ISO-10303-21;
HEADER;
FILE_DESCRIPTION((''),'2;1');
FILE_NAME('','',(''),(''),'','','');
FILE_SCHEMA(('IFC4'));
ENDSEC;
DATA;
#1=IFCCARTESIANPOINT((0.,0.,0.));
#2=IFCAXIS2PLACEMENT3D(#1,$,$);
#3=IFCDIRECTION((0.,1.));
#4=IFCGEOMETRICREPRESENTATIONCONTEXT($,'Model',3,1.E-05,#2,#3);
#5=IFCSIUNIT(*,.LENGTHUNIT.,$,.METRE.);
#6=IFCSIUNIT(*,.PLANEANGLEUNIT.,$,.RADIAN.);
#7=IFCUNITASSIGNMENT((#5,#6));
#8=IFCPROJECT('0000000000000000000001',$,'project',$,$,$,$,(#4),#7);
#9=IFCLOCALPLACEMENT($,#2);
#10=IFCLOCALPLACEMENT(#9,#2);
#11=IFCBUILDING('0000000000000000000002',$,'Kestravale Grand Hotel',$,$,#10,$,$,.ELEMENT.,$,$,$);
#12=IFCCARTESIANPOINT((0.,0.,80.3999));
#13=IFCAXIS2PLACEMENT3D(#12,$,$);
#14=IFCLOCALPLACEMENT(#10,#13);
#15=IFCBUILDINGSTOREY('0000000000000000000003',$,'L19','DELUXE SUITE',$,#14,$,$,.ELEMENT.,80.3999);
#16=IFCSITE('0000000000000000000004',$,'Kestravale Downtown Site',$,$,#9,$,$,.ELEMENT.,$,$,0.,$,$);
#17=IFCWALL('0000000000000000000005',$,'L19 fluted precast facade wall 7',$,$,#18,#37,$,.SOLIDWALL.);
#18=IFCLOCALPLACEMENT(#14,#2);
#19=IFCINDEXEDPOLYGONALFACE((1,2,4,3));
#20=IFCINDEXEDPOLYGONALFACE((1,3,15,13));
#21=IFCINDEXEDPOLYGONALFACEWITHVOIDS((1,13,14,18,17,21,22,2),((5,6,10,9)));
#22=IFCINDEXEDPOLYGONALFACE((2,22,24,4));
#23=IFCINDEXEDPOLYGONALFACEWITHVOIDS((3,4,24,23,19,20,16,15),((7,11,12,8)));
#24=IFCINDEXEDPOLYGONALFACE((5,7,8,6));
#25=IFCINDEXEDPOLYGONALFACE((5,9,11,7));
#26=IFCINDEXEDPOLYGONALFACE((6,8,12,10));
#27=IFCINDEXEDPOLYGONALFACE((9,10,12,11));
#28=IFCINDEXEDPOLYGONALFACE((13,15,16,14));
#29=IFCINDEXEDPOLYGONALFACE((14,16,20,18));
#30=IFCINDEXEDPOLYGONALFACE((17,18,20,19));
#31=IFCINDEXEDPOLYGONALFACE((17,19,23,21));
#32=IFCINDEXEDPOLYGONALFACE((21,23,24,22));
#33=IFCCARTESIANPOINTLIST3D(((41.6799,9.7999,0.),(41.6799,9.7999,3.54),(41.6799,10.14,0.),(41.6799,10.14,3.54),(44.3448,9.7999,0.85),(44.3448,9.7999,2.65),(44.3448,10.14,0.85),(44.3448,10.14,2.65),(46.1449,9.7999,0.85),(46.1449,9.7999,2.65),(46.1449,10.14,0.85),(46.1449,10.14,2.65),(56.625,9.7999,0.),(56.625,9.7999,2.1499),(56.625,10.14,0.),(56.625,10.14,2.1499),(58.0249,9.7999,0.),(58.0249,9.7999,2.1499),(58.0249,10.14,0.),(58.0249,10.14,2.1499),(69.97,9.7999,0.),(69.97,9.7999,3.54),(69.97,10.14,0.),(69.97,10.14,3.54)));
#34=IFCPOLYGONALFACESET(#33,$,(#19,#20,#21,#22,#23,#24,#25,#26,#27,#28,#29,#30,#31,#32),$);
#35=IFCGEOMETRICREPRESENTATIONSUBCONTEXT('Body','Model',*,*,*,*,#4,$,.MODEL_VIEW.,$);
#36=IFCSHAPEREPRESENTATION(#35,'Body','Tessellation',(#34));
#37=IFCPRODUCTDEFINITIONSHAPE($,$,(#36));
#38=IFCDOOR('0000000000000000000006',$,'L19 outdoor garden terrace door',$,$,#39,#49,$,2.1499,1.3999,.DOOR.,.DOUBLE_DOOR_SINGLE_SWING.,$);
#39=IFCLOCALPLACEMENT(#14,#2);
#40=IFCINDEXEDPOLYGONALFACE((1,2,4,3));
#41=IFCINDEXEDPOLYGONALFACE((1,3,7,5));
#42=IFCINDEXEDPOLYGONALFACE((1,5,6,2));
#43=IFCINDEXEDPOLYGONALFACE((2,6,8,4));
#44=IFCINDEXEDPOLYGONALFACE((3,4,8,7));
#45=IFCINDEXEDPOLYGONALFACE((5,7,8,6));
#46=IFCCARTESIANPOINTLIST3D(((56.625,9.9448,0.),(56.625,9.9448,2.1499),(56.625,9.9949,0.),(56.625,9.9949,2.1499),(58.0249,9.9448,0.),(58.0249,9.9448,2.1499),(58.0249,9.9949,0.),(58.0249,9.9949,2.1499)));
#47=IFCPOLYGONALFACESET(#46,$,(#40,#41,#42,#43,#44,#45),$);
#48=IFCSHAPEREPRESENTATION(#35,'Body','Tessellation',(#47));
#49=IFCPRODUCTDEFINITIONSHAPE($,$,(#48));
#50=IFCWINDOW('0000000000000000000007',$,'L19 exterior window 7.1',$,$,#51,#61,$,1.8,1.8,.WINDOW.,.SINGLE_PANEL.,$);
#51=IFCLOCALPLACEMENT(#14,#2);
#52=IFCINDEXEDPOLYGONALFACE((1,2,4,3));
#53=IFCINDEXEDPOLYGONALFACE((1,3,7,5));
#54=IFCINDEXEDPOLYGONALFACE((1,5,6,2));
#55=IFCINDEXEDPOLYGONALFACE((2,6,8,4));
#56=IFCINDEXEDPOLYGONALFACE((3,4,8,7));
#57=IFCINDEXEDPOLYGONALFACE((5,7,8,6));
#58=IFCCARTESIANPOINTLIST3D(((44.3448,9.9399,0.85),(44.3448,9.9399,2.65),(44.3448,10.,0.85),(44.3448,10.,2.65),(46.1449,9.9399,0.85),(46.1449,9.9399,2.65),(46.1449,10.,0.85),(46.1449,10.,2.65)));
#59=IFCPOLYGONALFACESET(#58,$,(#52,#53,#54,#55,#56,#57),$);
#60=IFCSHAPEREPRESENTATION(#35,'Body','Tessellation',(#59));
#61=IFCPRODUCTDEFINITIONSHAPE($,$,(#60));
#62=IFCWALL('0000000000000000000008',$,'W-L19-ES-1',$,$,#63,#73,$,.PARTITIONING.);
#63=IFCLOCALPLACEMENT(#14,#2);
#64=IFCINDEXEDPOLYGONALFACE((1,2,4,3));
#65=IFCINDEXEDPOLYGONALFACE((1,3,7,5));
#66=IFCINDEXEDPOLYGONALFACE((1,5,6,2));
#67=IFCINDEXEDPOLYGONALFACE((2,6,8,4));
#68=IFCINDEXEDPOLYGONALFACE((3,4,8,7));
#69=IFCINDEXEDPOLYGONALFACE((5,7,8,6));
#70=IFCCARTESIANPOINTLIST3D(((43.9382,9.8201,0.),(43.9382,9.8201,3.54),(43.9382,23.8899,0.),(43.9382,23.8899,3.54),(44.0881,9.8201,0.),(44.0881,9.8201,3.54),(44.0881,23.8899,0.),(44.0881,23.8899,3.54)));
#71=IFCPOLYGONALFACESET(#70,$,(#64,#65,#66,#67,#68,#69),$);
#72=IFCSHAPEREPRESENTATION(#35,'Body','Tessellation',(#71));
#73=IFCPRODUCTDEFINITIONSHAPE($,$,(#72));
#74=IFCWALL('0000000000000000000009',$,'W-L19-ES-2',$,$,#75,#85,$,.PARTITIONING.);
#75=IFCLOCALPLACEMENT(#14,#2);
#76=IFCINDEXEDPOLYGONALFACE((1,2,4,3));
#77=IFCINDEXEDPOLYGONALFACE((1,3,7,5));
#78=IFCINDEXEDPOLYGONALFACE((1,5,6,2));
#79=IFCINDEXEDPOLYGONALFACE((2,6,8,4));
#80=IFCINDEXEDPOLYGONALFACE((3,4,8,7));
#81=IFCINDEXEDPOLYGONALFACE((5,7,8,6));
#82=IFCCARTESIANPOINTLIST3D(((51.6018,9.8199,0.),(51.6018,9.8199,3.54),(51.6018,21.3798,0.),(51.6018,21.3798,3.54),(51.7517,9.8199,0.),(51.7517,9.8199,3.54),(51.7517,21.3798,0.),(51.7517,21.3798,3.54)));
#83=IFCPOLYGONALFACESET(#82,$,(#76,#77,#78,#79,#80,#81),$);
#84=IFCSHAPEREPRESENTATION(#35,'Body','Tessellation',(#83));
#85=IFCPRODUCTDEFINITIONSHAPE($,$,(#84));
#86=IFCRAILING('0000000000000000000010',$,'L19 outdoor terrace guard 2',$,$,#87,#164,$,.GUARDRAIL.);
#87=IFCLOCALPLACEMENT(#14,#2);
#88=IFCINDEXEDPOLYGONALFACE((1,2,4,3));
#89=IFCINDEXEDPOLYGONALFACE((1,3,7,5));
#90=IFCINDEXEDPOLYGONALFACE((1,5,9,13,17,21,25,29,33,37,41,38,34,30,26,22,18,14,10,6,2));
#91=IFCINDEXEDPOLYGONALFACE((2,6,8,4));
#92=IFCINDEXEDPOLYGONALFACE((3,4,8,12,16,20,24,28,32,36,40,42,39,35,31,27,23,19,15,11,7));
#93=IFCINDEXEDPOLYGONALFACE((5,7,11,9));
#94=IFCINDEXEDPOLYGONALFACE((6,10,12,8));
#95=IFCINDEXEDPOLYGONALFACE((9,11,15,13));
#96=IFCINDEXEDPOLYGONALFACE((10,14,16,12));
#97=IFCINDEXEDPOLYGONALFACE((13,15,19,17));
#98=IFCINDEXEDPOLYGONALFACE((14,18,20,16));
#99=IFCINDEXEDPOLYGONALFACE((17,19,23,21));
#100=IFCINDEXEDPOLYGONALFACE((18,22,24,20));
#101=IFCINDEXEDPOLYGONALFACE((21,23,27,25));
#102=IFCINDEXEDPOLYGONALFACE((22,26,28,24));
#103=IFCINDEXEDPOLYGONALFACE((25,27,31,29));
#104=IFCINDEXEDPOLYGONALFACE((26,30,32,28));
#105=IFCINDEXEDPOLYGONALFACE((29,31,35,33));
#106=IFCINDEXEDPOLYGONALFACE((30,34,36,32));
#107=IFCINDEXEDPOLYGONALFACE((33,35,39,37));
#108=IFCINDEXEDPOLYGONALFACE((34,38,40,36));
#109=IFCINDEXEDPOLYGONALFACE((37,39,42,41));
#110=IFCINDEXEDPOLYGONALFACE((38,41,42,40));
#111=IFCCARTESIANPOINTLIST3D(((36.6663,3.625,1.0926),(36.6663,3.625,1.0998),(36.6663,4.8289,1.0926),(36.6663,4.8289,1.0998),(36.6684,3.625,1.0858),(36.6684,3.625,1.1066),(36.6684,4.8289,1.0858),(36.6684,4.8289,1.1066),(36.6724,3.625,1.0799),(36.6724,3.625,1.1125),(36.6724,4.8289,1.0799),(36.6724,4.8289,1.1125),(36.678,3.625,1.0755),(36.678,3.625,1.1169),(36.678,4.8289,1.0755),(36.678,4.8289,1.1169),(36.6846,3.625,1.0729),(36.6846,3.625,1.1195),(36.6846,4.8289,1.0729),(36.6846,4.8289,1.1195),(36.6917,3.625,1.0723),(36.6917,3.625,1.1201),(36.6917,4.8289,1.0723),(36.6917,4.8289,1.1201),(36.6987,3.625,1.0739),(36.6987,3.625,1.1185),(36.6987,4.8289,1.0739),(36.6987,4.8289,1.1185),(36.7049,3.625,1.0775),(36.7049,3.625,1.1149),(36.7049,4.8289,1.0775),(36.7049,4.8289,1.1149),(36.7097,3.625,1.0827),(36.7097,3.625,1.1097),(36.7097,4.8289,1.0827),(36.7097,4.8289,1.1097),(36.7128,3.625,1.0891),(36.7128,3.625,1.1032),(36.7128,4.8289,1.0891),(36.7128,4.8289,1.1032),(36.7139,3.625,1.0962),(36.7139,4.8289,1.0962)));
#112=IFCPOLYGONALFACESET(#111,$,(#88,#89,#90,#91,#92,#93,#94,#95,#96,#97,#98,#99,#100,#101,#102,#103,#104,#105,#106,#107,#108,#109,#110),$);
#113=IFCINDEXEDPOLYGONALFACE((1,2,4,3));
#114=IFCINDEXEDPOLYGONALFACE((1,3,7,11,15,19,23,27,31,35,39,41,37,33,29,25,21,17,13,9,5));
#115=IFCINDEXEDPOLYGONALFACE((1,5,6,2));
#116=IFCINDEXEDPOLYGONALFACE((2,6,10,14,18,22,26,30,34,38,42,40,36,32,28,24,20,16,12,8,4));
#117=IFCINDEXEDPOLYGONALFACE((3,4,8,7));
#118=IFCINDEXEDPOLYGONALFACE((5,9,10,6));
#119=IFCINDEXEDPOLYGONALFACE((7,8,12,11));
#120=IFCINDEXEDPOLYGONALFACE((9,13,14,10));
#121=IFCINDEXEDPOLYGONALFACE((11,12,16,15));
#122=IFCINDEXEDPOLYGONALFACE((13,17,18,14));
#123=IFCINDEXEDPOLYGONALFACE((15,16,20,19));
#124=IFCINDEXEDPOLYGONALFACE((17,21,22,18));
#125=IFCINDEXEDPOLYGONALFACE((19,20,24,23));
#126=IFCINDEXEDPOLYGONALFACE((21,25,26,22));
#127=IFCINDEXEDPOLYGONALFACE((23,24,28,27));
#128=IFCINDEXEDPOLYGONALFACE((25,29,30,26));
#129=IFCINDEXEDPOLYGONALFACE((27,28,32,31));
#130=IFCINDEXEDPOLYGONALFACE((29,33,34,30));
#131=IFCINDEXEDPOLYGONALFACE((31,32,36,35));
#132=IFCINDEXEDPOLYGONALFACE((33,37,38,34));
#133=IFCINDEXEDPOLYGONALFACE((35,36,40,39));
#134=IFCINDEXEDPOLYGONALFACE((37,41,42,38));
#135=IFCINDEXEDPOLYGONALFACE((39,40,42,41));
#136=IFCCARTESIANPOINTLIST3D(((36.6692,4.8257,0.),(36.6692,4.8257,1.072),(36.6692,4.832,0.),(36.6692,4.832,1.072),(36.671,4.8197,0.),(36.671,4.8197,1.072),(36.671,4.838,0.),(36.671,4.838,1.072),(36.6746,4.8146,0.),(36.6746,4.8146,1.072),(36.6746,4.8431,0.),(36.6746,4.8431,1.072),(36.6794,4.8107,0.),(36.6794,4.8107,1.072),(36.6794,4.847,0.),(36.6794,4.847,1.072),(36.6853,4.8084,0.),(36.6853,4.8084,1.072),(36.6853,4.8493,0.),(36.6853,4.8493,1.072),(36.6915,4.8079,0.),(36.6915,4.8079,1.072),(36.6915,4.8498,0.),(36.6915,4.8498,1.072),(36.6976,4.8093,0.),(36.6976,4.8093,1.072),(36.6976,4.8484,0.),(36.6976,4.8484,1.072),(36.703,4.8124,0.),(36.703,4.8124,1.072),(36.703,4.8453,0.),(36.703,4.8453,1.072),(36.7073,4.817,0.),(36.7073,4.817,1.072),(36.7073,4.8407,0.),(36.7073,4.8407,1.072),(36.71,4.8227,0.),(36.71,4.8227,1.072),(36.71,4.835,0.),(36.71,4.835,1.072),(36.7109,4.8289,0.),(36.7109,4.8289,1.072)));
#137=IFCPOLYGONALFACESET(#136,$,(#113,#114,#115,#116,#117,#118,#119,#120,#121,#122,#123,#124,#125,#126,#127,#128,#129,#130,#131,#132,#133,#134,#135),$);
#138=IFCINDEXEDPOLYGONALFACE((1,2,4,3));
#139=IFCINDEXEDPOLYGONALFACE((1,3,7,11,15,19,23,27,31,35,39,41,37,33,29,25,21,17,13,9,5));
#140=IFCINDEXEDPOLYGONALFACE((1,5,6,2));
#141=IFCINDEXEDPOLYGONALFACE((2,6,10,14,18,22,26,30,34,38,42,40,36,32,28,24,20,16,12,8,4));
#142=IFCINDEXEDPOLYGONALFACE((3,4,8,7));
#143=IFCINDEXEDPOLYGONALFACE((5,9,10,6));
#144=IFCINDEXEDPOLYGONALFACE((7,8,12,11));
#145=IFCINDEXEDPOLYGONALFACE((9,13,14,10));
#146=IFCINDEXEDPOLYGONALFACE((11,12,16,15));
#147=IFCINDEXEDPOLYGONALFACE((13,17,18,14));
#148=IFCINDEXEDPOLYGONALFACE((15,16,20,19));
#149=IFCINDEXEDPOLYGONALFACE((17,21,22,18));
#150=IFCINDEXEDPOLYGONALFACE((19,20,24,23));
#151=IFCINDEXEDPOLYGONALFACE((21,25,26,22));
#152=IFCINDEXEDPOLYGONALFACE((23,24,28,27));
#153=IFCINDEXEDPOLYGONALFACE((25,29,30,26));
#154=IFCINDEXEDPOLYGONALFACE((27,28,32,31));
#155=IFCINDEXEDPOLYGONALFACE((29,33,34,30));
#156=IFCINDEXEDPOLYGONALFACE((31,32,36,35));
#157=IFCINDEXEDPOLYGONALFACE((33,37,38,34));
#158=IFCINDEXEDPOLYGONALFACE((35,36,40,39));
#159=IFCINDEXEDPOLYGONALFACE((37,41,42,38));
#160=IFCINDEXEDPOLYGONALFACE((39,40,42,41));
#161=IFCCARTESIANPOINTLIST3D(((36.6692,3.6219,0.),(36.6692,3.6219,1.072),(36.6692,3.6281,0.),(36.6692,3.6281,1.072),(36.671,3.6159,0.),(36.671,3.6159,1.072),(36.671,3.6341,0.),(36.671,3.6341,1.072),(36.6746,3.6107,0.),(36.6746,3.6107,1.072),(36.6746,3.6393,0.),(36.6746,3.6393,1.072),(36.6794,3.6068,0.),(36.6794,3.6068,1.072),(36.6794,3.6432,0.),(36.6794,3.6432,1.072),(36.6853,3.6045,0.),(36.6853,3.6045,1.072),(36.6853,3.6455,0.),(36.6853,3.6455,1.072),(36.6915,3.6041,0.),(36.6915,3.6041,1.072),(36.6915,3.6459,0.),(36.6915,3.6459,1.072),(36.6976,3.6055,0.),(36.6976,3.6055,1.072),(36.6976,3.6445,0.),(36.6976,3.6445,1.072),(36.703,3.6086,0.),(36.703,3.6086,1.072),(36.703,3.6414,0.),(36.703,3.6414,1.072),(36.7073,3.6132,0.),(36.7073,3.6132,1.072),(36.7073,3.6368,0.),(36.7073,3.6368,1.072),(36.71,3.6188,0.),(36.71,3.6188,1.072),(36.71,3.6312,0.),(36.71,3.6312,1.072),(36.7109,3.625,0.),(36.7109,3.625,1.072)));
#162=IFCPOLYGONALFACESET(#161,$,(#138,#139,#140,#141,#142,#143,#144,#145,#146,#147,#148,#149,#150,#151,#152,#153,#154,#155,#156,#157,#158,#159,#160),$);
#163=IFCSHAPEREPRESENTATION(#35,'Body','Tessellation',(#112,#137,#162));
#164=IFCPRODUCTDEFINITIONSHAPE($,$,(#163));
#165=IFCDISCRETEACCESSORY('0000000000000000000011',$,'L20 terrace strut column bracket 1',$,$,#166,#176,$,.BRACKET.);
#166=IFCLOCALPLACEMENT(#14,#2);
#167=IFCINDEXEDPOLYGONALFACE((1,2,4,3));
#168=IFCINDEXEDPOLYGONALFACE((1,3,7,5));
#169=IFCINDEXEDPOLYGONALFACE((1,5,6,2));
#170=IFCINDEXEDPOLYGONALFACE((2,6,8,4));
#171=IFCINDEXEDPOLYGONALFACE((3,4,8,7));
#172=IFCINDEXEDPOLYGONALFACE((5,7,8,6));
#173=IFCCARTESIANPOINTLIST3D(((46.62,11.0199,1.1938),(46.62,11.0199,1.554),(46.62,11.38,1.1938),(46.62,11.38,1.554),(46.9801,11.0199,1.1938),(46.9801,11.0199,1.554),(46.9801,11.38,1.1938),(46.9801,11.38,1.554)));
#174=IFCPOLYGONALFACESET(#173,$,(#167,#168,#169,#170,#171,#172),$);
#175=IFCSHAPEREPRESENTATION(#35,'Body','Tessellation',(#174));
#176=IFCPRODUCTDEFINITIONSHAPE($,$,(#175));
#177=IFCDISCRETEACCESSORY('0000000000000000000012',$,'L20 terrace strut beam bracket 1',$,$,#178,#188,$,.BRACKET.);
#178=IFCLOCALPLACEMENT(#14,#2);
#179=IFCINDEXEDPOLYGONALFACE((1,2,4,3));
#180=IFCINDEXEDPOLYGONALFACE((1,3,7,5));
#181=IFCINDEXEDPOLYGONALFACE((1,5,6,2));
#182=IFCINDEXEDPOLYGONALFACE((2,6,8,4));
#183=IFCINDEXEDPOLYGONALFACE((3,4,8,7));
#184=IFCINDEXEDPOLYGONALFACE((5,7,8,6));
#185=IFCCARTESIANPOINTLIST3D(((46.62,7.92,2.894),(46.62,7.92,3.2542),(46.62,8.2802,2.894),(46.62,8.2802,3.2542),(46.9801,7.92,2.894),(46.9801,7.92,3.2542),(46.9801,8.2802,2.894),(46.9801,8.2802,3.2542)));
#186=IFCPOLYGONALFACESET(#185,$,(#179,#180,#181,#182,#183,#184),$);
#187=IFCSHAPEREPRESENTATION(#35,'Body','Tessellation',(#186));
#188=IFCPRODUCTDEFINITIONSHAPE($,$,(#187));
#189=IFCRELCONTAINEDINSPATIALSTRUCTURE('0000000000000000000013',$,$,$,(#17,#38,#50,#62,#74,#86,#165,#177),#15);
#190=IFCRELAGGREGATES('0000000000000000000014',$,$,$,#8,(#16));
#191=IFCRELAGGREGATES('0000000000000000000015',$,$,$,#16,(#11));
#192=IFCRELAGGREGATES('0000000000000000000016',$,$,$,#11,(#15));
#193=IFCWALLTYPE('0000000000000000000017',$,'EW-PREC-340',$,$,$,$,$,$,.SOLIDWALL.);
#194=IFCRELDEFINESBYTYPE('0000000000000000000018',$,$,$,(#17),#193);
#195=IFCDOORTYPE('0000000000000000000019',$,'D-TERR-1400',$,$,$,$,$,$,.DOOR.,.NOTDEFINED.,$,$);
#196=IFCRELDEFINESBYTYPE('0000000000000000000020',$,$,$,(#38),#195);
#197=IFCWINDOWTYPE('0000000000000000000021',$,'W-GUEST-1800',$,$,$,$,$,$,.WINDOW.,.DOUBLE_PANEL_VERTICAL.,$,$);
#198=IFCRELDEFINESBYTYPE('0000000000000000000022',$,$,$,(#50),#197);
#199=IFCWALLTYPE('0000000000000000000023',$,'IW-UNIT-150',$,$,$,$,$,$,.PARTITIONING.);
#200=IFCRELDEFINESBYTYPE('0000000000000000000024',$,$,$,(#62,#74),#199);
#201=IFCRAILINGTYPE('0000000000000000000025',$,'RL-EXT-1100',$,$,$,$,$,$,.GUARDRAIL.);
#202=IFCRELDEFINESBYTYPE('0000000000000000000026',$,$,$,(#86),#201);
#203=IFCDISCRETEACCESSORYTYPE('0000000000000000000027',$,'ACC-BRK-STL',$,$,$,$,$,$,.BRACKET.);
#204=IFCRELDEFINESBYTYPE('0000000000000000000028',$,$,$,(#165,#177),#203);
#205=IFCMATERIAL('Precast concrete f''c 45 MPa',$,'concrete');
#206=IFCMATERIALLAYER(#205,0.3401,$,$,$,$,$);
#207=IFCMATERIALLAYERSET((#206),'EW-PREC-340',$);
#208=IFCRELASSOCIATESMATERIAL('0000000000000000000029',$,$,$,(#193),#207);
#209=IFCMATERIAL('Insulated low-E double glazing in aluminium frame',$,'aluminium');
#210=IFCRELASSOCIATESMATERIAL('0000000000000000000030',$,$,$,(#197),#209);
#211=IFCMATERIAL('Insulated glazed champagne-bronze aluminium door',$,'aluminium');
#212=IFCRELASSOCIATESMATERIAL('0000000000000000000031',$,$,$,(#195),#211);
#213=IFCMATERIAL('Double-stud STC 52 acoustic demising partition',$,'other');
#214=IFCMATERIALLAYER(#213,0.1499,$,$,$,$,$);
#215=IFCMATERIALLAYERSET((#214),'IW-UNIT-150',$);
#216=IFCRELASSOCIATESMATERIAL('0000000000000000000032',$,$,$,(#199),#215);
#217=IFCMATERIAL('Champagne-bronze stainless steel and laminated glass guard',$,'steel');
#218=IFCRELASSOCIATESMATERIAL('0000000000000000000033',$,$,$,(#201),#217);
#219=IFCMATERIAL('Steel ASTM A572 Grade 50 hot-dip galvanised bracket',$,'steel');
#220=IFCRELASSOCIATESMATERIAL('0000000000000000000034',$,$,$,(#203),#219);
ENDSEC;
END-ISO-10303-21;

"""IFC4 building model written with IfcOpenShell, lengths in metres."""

from ifc_helpers import new_model, si_unit, direction, frame, frame_2d, origin, origin_2d, place, context, subcontext, project, spatial, rectangle, circle, extrude, material, layer, layer_set, type_object, element, fill, save


model = new_model("IFC4")

# Units and contexts
model_context = context("Model", 3, precision=1e-05, world=origin(), true_north=direction((0.0, 1.0)))
body_context = subcontext(model_context, "Body", "Model", "MODEL_VIEW")
ifc_project = project(units=[si_unit("LENGTHUNIT", "METRE"), si_unit("PLANEANGLEUNIT", "RADIAN")], contexts=[model_context])

# Site, building, storey
site_placement = place(None, origin())
site = spatial("IfcSite", under=ifc_project, at=site_placement, Name="Kestravale Downtown Site", CompositionType="ELEMENT", RefElevation=0.0)
building_placement = place(site_placement, origin())
building = spatial("IfcBuilding", under=site, at=building_placement, Name="Kestravale Grand Hotel", CompositionType="ELEMENT")
storey_placement = place(building_placement, frame((0.0, 0.0, 80.3999)))
storey = spatial("IfcBuildingStorey", under=building, at=storey_placement, Name="L19", Description="DELUXE SUITE", CompositionType="ELEMENT", Elevation=80.3999)

# Shared definitions
ifc_material_1 = material(Name="Precast concrete f'c 45 MPa", Category="concrete")
ifc_layer_1 = layer(ifc_material_1, 0.3401)
ifc_layer_set_1 = layer_set([ifc_layer_1], Name="EW-PREC-340")
wall_type_1 = type_object("IfcWallType", Name="EW-PREC-340", PredefinedType="SOLIDWALL", material=ifc_layer_set_1)
ifc_material_2 = material(Name="Insulated low-E double glazing in aluminium frame", Category="aluminium")
window_type = type_object("IfcWindowType", Name="W-GUEST-1800", PartitioningType="DOUBLE_PANEL_VERTICAL", PredefinedType="WINDOW", material=ifc_material_2)

# Wall, openings, door, window
wall_1_placement = place(storey_placement, frame((41.6799, 9.97, 0.0), z_axis=(0.0, 0.0, 1.0), x_axis=(1.0, 0.0, 0.0)))
wall_1 = element("IfcWall", 1, at=wall_1_placement, inside=storey, type_object=wall_type_1, Name="L19 fluted precast facade wall 7", PredefinedType="SOLIDWALL", context=body_context, shape_type="SweptSolid", body=[
    extrude(rectangle(XDim=28.29, YDim=0.3401, at=frame_2d((14.145, 0.0))), origin(), (0.0, 0.0, 1.0), 3.54),
])
opening_1_placement = place(wall_1_placement, frame((14.9451, 0.0, 0.0)))
opening_1 = element("IfcOpeningElement", 2, at=opening_1_placement, cuts=wall_1, PredefinedType="OPENING", context=body_context, shape_type="SweptSolid", body=[
    extrude(rectangle(XDim=1.3999, YDim=2.1499, at=frame_2d((0.7, 1.075))), frame((0.0, 0.1799, 0.0), z_axis=(0.0, -1.0, 0.0), x_axis=(1.0, 0.0, 0.0)), (0.0, 0.0, 1.0), 0.3601),
])
opening_2_placement = place(wall_1_placement, frame((2.665, 0.0, 0.8501)))
opening_2 = element("IfcOpeningElement", 3, at=opening_2_placement, cuts=wall_1, PredefinedType="OPENING", context=body_context, shape_type="SweptSolid", body=[
    extrude(rectangle(XDim=1.8, YDim=1.8, at=frame_2d((0.8999, 0.8999))), frame((0.0, 0.1799, 0.0), z_axis=(0.0, -1.0, 0.0), x_axis=(1.0, 0.0, 0.0)), (0.0, 0.0, 1.0), 0.3601),
])
ifc_material_3 = material(Name="Insulated glazed champagne-bronze aluminium door", Category="aluminium")
door_type = type_object("IfcDoorType", Name="D-TERR-1400", OperationType="NOTDEFINED", PredefinedType="DOOR", material=ifc_material_3)
door_placement = place(opening_1_placement, origin())
door = element("IfcDoor", 4, at=door_placement, inside=storey, type_object=door_type, Name="L19 outdoor garden terrace door", OperationType="DOUBLE_DOOR_SINGLE_SWING", OverallHeight=2.1499, OverallWidth=1.3999, PredefinedType="DOOR", context=body_context, shape_type="SweptSolid", body=[
    extrude(rectangle(XDim=1.3999, YDim=2.1499, at=frame_2d((0.7, 1.075))), frame((0.0, 0.0249, 0.0), z_axis=(0.0, -1.0, 0.0), x_axis=(1.0, 0.0, 0.0)), (0.0, 0.0, 1.0), 0.05),
])
fill(opening_1, door)
window_1_placement = place(opening_2_placement, origin())
window_1 = element("IfcWindow", 5, at=window_1_placement, inside=storey, type_object=window_type, Name="L19 exterior window 7.1", OverallHeight=1.8, OverallWidth=1.8, PartitioningType="SINGLE_PANEL", PredefinedType="WINDOW", context=body_context, shape_type="SweptSolid", body=[
    extrude(rectangle(XDim=1.8, YDim=1.8, at=frame_2d((0.8999, 0.8999))), frame((0.0, 0.03, 0.0), z_axis=(0.0, -1.0, 0.0), x_axis=(1.0, 0.0, 0.0)), (0.0, 0.0, 1.0), 0.0601),
])
fill(opening_2, window_1)

# Walls
ifc_material_4 = material(Name="Double-stud STC 52 acoustic demising partition", Category="other")
ifc_layer_2 = layer(ifc_material_4, 0.1499)
ifc_layer_set_2 = layer_set([ifc_layer_2], Name="IW-UNIT-150")
wall_type_2 = type_object("IfcWallType", Name="IW-UNIT-150", PredefinedType="PARTITIONING", material=ifc_layer_set_2)
wall_2_placement = place(storey_placement, frame((44.0132, 9.8201, 0.0), z_axis=(0.0, 0.0, 1.0), x_axis=(0.0, 1.0, 0.0)))
element("IfcWall", 6, at=wall_2_placement, inside=storey, type_object=wall_type_2, Name="W-L19-ES-1", PredefinedType="PARTITIONING", context=body_context, shape_type="SweptSolid", body=[
    extrude(rectangle(XDim=14.0698, YDim=0.1499, at=frame_2d((7.0349, 0.0))), origin(), (0.0, 0.0, 1.0), 3.54),
])
wall_3_placement = place(storey_placement, frame((51.6768, 9.8201, 0.0), z_axis=(0.0, 0.0, 1.0), x_axis=(0.0, 1.0, 0.0)))
element("IfcWall", 7, at=wall_3_placement, inside=storey, type_object=wall_type_2, Name="W-L19-ES-2", PredefinedType="PARTITIONING", context=body_context, shape_type="SweptSolid", body=[
    extrude(rectangle(XDim=11.5598, YDim=0.1499, at=frame_2d((5.7798, 0.0))), origin(), (0.0, 0.0, 1.0), 3.54),
])

# Railing
ifc_material_5 = material(Name="Champagne-bronze stainless steel and laminated glass guard", Category="steel")
railing_type = type_object("IfcRailingType", Name="RL-EXT-1100", PredefinedType="GUARDRAIL", material=ifc_material_5)
railing_1_placement = place(storey_placement, frame((36.6899, 4.8289, 0.0)))
element("IfcRailing", 8, at=railing_1_placement, inside=storey, type_object=railing_type, Name="L19 outdoor terrace guard 2", PredefinedType="GUARDRAIL", context=body_context, shape_type="SweptSolid", body=[
    extrude(circle(Radius=0.0239, at=origin_2d()), frame((0.0, 0.0, 1.0962), z_axis=(0.0, -1.0, 0.0), x_axis=(1.0, 0.0, 0.0)), (0.0, 0.0, 1.0), 1.2039),
    extrude(circle(Radius=0.021, at=origin_2d()), origin(), (0.0, 0.0, 1.0), 1.072),
    extrude(circle(Radius=0.021, at=origin_2d()), frame((0.0, -1.2039, 0.0)), (0.0, 0.0, 1.0), 1.072),
])

# Discrete accessories
ifc_material_6 = material(Name="Steel ASTM A572 Grade 50 hot-dip galvanised bracket", Category="steel")
discrete_accessory_type = type_object("IfcDiscreteAccessoryType", Name="ACC-BRK-STL", PredefinedType="BRACKET", material=ifc_material_6)
for number, where, z_axis, x_axis, name in (
    (9, (46.8, 11.2, 1.1938), (0.0, 0.0, 1.0), (1.0, 0.0, 0.0), "L20 terrace strut column bracket 1"),
    (10, (46.8, 8.1001, 2.894), (0.0, 0.0, 1.0), (1.0, 0.0, 0.0), "L20 terrace strut beam bracket 1"),
):
    element("IfcDiscreteAccessory", number, at=place(storey_placement, frame(where, z_axis=z_axis, x_axis=x_axis)), inside=storey, type_object=discrete_accessory_type, Name=name, PredefinedType="BRACKET", context=body_context, shape_type="SweptSolid", body=[
        extrude(rectangle(XDim=0.3601, YDim=0.3601, at=origin_2d()), origin(), (0.0, 0.0, 1.0), 0.3601),
    ])

save(model, "model.ifc")
